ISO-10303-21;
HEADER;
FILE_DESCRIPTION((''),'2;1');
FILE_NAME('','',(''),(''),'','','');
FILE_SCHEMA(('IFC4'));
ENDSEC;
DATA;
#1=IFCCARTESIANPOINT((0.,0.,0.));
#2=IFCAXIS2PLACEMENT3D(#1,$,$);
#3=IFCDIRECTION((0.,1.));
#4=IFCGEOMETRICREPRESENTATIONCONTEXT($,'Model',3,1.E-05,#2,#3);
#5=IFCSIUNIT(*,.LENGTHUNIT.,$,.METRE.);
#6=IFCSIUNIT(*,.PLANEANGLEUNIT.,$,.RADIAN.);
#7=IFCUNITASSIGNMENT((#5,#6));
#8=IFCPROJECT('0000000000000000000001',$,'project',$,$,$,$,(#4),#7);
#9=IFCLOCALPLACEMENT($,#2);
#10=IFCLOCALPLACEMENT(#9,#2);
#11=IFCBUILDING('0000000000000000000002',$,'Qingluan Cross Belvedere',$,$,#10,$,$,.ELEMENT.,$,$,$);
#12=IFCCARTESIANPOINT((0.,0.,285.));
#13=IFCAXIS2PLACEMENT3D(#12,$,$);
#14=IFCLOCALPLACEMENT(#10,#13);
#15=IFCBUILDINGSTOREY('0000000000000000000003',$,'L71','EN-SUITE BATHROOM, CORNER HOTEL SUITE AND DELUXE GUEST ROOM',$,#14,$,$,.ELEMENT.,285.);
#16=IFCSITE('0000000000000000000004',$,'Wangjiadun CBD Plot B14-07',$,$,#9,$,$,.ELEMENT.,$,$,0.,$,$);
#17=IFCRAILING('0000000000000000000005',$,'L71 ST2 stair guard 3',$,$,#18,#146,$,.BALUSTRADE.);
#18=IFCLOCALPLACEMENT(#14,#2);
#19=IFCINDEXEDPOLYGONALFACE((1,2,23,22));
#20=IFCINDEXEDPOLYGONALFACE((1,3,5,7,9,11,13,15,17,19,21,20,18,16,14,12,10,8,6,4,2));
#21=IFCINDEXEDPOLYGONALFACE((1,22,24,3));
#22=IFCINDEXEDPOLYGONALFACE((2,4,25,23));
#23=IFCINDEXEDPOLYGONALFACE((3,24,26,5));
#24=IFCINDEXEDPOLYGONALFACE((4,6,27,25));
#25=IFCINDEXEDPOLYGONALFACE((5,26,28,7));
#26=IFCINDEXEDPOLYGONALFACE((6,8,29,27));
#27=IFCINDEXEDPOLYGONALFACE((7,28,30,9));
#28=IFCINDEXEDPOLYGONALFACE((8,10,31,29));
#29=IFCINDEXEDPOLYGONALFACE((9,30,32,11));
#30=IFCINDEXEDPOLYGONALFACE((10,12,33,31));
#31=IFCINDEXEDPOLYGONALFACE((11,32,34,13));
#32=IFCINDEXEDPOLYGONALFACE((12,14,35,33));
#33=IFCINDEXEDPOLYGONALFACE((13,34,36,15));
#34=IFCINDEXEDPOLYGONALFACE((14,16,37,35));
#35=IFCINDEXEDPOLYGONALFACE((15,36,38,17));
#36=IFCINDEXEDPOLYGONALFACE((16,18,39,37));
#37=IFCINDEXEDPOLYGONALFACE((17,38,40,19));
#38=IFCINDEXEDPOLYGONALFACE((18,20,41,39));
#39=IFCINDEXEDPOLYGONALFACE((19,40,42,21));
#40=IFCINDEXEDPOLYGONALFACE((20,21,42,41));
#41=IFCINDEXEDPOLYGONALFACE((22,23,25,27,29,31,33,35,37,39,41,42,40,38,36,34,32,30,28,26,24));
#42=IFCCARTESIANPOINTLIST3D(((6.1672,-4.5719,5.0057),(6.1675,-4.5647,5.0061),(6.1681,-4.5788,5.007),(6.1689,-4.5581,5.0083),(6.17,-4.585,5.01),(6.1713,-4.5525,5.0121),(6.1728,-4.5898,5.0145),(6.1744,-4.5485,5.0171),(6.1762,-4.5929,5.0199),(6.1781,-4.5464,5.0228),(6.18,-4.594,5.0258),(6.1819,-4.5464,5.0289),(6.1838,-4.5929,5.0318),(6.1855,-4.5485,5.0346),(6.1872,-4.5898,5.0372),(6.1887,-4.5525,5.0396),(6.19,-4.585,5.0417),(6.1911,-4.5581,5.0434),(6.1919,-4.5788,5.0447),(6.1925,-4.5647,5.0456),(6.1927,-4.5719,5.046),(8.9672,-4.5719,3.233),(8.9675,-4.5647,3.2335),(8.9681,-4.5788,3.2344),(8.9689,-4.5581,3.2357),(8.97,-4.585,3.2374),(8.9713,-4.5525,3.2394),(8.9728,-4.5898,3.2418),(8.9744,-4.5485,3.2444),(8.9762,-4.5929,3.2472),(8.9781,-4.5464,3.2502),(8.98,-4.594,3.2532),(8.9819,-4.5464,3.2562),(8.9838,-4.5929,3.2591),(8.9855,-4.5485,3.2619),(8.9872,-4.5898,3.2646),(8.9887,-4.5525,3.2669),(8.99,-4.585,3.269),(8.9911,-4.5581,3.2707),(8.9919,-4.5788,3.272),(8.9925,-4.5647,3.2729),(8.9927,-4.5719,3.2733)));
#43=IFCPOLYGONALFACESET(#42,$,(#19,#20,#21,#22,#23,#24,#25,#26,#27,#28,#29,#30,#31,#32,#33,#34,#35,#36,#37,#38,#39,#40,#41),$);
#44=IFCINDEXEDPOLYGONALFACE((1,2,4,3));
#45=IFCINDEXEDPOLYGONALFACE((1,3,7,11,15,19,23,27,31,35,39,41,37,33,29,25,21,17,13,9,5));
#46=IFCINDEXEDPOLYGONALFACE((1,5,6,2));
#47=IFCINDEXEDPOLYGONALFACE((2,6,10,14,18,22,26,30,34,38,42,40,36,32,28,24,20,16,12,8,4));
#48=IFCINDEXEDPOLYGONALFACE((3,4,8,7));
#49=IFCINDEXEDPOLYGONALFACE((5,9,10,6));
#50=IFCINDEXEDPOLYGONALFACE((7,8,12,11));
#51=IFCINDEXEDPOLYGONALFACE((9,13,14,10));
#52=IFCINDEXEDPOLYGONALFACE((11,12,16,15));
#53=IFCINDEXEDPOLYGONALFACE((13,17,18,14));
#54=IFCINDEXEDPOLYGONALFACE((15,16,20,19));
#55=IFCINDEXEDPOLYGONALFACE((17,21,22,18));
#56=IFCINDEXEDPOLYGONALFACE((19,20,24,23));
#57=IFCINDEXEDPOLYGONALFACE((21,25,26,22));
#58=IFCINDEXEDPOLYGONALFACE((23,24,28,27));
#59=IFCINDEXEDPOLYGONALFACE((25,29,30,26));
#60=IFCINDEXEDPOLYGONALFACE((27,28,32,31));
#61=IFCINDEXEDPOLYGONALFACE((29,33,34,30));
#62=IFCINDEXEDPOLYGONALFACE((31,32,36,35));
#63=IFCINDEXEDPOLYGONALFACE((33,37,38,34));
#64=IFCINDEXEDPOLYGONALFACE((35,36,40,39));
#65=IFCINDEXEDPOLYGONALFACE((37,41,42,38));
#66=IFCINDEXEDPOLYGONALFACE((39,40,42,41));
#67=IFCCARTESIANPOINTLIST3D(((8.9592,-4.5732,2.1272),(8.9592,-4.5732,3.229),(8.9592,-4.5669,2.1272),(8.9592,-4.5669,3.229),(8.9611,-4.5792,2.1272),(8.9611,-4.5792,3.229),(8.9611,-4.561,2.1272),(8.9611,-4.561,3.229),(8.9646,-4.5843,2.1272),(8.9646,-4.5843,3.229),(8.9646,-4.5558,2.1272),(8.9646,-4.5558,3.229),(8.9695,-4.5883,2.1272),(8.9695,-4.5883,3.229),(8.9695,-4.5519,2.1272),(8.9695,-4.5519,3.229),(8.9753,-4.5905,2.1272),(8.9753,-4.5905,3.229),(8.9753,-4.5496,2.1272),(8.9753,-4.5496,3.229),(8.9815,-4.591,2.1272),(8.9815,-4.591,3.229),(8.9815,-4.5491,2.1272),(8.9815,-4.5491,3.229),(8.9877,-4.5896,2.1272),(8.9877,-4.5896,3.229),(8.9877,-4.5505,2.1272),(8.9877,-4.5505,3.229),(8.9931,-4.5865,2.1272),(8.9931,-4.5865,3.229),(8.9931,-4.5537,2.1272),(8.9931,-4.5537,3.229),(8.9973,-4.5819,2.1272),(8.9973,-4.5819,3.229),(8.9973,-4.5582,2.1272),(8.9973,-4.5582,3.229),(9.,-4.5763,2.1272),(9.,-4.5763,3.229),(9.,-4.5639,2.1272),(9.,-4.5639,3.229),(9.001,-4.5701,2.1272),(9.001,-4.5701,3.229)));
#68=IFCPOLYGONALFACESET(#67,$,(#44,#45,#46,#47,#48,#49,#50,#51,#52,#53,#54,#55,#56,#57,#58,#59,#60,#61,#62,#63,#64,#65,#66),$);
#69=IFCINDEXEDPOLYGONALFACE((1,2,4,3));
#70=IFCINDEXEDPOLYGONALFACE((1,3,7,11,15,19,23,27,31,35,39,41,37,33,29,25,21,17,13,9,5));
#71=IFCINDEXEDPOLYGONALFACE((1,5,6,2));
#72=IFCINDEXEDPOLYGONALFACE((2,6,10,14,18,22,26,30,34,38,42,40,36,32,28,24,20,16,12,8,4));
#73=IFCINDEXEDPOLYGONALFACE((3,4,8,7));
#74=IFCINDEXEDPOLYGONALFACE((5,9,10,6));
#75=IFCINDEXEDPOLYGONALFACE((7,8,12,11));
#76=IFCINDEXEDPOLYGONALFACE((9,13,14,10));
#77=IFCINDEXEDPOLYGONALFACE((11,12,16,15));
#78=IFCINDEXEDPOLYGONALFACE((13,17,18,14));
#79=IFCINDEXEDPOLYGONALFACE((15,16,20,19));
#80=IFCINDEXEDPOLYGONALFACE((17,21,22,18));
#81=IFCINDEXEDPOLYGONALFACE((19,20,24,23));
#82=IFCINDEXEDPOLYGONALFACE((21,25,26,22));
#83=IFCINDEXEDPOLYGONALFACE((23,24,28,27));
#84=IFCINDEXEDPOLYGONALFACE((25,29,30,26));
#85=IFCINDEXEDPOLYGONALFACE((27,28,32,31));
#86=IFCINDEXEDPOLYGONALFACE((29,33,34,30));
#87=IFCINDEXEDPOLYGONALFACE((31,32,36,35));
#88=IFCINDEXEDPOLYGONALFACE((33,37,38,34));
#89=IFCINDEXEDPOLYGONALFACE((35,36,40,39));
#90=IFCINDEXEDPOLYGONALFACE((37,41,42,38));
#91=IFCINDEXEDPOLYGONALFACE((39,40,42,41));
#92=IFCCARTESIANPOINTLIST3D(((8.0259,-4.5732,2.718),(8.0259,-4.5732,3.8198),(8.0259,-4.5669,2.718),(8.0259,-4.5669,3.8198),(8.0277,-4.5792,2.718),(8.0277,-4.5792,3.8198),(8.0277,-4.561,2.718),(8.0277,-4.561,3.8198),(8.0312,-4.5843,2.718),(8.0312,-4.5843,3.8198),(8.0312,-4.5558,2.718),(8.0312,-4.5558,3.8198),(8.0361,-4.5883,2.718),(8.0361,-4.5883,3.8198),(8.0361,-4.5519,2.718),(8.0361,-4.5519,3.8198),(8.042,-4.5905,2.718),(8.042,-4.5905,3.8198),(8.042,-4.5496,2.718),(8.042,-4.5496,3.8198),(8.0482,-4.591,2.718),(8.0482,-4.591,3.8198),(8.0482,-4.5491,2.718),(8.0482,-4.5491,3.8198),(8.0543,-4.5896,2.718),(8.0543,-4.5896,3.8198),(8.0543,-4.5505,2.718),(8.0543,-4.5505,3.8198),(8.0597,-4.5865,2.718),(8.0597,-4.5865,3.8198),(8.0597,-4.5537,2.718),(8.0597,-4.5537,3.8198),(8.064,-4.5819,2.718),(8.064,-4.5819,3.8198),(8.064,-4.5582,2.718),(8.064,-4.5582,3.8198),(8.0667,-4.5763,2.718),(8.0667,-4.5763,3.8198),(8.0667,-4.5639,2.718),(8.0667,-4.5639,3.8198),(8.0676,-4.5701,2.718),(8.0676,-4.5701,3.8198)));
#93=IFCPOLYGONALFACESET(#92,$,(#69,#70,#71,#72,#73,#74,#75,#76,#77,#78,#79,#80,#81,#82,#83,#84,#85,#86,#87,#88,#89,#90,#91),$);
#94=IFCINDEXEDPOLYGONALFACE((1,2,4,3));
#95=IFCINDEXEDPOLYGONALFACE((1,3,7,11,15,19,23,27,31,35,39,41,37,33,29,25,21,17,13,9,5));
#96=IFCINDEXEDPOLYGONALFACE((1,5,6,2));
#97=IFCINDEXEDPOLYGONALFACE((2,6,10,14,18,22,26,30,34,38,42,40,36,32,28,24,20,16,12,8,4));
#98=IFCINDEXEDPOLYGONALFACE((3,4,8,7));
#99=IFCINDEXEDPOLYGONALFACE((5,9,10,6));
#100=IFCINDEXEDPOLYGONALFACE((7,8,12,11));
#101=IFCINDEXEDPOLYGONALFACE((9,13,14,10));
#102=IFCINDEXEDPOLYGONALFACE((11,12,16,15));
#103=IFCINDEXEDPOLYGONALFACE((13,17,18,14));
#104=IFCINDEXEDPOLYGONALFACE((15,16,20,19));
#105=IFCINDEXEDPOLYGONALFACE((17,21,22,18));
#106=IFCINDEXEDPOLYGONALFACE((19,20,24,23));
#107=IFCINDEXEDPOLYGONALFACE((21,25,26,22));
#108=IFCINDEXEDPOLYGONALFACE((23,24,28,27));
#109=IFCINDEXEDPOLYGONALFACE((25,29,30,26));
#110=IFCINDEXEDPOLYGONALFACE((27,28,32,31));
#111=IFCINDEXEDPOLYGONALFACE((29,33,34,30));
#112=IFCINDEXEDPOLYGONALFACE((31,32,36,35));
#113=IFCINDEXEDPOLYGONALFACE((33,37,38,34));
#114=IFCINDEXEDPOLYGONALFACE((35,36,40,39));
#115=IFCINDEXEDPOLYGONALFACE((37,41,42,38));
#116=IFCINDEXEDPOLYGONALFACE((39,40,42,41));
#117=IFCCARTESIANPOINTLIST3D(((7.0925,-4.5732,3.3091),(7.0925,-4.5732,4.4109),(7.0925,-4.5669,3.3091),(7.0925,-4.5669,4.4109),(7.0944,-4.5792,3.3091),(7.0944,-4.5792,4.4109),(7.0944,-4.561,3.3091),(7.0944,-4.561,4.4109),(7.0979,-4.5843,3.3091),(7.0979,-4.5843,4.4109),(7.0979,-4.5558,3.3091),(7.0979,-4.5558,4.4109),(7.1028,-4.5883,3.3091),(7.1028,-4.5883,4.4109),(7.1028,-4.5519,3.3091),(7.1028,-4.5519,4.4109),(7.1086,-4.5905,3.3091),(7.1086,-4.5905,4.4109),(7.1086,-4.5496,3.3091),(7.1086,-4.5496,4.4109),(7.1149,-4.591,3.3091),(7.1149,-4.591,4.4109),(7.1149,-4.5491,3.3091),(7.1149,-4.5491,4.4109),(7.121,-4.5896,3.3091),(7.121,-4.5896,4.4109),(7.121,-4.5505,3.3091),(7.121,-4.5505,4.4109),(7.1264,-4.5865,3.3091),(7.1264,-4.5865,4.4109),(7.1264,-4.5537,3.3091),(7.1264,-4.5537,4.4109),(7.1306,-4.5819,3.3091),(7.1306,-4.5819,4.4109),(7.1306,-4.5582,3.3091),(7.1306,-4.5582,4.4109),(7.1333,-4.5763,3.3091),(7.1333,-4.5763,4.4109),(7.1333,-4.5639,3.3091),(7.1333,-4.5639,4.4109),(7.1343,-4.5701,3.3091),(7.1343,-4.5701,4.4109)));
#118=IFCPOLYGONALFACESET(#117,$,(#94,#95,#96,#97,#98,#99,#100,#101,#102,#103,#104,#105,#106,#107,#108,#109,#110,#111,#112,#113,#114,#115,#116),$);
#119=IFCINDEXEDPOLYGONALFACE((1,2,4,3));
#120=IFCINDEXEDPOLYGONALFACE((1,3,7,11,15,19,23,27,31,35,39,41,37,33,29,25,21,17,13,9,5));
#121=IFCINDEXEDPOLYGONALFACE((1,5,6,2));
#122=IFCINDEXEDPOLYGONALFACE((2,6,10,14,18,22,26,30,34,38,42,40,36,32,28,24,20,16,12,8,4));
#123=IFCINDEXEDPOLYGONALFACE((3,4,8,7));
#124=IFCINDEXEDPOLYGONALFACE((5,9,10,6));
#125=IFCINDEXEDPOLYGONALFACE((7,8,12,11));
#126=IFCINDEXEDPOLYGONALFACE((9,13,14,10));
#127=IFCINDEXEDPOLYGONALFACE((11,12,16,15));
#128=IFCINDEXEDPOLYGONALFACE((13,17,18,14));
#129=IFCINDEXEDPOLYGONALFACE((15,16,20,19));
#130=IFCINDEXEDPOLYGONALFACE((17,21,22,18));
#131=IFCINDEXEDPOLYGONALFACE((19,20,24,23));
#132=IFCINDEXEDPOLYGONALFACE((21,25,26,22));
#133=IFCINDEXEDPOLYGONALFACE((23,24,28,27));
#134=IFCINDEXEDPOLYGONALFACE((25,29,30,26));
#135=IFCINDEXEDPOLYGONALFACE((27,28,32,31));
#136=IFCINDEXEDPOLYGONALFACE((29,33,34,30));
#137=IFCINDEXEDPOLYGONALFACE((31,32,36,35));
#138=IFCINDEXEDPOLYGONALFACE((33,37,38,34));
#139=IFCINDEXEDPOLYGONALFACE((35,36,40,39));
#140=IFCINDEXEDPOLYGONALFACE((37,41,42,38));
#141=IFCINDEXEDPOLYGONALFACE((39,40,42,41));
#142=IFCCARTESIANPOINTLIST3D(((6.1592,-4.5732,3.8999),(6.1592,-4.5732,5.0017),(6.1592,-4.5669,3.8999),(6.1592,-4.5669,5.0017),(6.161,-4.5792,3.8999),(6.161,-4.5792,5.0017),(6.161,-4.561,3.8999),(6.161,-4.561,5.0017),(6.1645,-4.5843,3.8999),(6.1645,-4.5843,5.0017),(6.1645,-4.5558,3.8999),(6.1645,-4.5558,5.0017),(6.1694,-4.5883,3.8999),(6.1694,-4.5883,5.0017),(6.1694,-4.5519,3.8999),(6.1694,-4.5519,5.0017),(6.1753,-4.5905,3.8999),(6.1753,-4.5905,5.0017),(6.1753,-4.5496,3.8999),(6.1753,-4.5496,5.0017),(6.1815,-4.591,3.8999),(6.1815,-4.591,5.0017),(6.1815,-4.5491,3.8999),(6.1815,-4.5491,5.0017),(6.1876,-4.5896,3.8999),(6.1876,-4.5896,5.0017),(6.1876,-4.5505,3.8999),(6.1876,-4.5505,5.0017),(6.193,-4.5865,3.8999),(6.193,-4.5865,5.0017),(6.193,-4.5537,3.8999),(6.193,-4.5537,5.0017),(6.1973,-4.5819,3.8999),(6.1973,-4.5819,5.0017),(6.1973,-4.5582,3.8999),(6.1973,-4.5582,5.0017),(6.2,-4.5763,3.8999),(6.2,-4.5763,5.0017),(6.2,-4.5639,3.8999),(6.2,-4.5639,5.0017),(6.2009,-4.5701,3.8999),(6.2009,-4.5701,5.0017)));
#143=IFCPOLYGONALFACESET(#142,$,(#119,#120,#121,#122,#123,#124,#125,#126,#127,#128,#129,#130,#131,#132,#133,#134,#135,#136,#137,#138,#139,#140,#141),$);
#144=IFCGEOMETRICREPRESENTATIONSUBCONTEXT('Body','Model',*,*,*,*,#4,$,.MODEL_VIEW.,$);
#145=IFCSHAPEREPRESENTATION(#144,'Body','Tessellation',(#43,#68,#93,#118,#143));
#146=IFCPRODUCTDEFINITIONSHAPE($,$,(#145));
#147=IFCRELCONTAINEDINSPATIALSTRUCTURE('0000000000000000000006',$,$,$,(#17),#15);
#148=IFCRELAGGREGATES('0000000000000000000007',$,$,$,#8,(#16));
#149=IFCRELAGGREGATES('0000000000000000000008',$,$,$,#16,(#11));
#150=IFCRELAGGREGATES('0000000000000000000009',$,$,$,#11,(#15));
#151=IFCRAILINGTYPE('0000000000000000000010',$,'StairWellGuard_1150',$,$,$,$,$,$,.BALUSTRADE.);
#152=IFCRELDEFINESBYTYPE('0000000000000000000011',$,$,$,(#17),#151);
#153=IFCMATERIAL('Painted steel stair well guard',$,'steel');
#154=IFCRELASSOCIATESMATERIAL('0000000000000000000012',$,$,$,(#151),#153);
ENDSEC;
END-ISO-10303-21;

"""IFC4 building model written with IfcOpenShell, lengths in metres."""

from ifc_helpers import new_model, si_unit, direction, frame, origin, origin_2d, place, context, subcontext, project, spatial, circle, extrude, material, type_object, element, save


model = new_model("IFC4")

# Units and contexts
model_context = context("Model", 3, precision=1e-05, world=origin(), true_north=direction((0.0, 1.0)))
body_context = subcontext(model_context, "Body", "Model", "MODEL_VIEW")
ifc_project = project(units=[si_unit("LENGTHUNIT", "METRE"), si_unit("PLANEANGLEUNIT", "RADIAN")], contexts=[model_context])

# Site, building, storey
site_placement = place(None, origin())
site = spatial("IfcSite", under=ifc_project, at=site_placement, Name="Wangjiadun CBD Plot B14-07", CompositionType="ELEMENT", RefElevation=0.0)
building_placement = place(site_placement, origin())
building = spatial("IfcBuilding", under=site, at=building_placement, Name="Qingluan Cross Belvedere", CompositionType="ELEMENT")
storey_placement = place(building_placement, frame((0.0, 0.0, 285.0)))
storey = spatial("IfcBuildingStorey", under=building, at=storey_placement, Name="L71", Description="EN-SUITE BATHROOM, CORNER HOTEL SUITE AND DELUXE GUEST ROOM", CompositionType="ELEMENT", Elevation=285.0)

# Railing
ifc_material_1 = material(Name="Painted steel stair well guard", Category="steel")
railing_type_1 = type_object("IfcRailingType", Name="StairWellGuard_1150", PredefinedType="BALUSTRADE", material=ifc_material_1)
railing_1_placement = place(storey_placement, frame((8.98, -4.5701, 2.1272)))
element("IfcRailing", 1, at=railing_1_placement, inside=storey, type_object=railing_type_1, Name="L71 ST2 stair guard 3", PredefinedType="BALUSTRADE", context=body_context, shape_type="SweptSolid", body=[
    extrude(circle(Radius=0.0239, at=origin_2d()), frame((0.0, 0.0, 1.126), z_axis=(-0.844909, 0.0, 0.53491), x_axis=(0.0, -1.0, 0.0)), (0.0, 0.0, 1.0), 3.314),
    extrude(circle(Radius=0.021, at=origin_2d()), origin(), (0.0, 0.0, 1.0), 1.1018),
    extrude(circle(Radius=0.021, at=origin_2d()), frame((-0.9333, 0.0, 0.5908)), (0.0, 0.0, 1.0), 1.1018),
    extrude(circle(Radius=0.021, at=origin_2d()), frame((-1.8667, 0.0, 1.1819)), (0.0, 0.0, 1.0), 1.1018),
    extrude(circle(Radius=0.021, at=origin_2d()), frame((-2.8, 0.0, 1.7727)), (0.0, 0.0, 1.0), 1.1018),
])

save(model, "model.ifc")
